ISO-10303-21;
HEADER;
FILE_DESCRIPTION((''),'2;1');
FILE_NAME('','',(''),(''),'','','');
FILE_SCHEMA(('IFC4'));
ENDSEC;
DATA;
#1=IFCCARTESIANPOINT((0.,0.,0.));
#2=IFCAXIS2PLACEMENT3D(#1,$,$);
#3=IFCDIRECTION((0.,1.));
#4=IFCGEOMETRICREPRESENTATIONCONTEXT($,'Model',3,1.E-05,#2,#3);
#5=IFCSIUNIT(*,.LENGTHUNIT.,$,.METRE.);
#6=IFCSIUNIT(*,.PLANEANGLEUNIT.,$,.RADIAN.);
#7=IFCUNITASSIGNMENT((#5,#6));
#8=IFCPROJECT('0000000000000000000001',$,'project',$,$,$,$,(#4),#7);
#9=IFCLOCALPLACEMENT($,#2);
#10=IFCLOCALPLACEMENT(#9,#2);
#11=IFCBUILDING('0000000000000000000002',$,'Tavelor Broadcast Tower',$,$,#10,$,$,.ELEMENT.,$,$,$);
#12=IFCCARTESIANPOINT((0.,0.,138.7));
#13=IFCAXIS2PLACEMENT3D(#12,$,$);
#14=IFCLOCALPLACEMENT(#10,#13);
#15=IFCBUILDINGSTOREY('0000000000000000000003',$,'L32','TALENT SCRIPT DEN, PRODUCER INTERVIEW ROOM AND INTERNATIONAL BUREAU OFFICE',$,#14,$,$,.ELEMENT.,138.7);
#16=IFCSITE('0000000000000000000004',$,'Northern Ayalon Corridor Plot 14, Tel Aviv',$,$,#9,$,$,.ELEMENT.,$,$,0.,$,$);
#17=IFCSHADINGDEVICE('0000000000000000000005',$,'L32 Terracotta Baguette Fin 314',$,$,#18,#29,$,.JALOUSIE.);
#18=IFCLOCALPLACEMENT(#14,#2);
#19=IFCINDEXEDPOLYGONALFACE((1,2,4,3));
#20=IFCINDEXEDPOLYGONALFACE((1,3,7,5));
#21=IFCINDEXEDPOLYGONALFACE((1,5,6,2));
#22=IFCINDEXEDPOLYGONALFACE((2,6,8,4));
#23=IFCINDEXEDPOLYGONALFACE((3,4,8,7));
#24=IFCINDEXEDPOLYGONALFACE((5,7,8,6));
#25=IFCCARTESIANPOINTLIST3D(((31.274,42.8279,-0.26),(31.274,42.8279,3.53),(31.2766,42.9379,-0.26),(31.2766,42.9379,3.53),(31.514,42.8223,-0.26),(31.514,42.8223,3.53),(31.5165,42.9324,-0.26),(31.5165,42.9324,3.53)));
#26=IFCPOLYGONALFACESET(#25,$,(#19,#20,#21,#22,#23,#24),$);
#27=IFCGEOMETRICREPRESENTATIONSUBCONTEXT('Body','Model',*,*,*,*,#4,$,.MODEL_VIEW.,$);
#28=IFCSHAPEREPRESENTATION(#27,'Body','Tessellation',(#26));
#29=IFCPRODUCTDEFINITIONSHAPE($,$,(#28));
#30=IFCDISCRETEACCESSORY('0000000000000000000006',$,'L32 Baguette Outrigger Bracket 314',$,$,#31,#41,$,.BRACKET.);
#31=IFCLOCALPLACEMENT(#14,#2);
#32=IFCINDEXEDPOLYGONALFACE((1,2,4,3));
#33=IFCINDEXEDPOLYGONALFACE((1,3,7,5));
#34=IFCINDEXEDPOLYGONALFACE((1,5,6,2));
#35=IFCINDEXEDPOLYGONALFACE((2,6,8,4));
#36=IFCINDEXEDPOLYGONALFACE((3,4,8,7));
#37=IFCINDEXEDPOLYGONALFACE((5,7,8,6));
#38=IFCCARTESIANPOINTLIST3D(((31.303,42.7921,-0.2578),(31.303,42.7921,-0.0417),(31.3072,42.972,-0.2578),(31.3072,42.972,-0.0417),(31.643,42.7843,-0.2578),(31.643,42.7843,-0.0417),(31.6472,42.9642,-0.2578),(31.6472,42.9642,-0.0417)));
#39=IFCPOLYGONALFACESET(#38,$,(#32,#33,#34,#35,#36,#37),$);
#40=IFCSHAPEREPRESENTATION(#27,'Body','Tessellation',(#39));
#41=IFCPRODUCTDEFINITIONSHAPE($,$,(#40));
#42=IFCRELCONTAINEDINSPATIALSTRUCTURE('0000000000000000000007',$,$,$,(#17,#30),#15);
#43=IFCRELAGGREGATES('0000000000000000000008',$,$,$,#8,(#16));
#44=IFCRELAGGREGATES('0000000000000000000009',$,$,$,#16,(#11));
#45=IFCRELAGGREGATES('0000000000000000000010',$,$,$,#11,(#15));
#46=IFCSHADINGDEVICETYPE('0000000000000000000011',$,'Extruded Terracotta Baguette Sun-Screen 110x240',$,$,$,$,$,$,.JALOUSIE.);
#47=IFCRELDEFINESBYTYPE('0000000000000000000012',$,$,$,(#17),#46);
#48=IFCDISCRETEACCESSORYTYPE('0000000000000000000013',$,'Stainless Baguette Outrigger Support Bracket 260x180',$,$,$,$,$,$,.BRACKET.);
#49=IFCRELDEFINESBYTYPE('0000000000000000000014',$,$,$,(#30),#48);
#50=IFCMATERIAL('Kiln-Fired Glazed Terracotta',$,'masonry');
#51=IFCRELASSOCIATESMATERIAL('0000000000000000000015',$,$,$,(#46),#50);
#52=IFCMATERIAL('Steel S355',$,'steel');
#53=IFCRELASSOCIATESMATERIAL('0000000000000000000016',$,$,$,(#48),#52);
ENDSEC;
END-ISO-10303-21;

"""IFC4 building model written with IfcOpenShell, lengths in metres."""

from ifc_helpers import new_model, si_unit, direction, frame, origin, origin_2d, place, context, subcontext, project, spatial, rectangle, extrude, source, transform, mapped, material, type_object, type_shapes, element, save


model = new_model("IFC4")

# Units and contexts
model_context = context("Model", 3, precision=1e-05, world=origin(), true_north=direction((0.0, 1.0)))
body_context = subcontext(model_context, "Body", "Model", "MODEL_VIEW")
ifc_project = project(units=[si_unit("LENGTHUNIT", "METRE"), si_unit("PLANEANGLEUNIT", "RADIAN")], contexts=[model_context])

# Site, building, storey
site_placement = place(None, origin())
site = spatial("IfcSite", under=ifc_project, at=site_placement, Name="Northern Ayalon Corridor Plot 14, Tel Aviv", CompositionType="ELEMENT", RefElevation=0.0)
building_placement = place(site_placement, origin())
building = spatial("IfcBuilding", under=site, at=building_placement, Name="Tavelor Broadcast Tower", CompositionType="ELEMENT")
storey_placement = place(building_placement, frame((0.0, 0.0, 138.7)))
storey = spatial("IfcBuildingStorey", under=building, at=storey_placement, Name="L32", Description="TALENT SCRIPT DEN, PRODUCER INTERVIEW ROOM AND INTERNATIONAL BUREAU OFFICE", CompositionType="ELEMENT", Elevation=138.7)

# Shared definitions
ifc_material_1 = material(Name="Steel S355", Category="steel")

# Shading device
ifc_material_2 = material(Name="Kiln-Fired Glazed Terracotta", Category="masonry")
shading_device_type = type_object("IfcShadingDeviceType", Name="Extruded Terracotta Baguette Sun-Screen 110x240", PredefinedType="JALOUSIE", material=ifc_material_2)
shared_shape_1 = source(origin(), body_context, "Body", "SweptSolid", [
    extrude(rectangle(XDim=0.1101, YDim=0.24, at=origin_2d()), origin(), (0.0, 0.0, 1.0), 3.79),
])
type_shapes(shading_device_type, [shared_shape_1])
shading_device_placement = place(storey_placement, frame((31.3953, 42.8801, -0.26), z_axis=(0.0, 0.0, 1.0), x_axis=(-0.023036, -0.999735, 0.0)))
element("IfcShadingDevice", 1, at=shading_device_placement, inside=storey, type_object=shading_device_type, Name="L32 Terracotta Baguette Fin 314", PredefinedType="JALOUSIE", context=body_context, shape_type="MappedRepresentation", body=[
    mapped(shared_shape_1, transform((0.0, 0.0, 0.0), scale=1.0)),
])

# Discrete accessory
discrete_accessory_type = type_object("IfcDiscreteAccessoryType", Name="Stainless Baguette Outrigger Support Bracket 260x180", PredefinedType="BRACKET", material=ifc_material_1)
shared_shape_2 = source(origin(), body_context, "Body", "SweptSolid", [
    extrude(rectangle(XDim=0.1799, YDim=0.3401, at=origin_2d()), origin(), (0.0, 0.0, 1.0), 0.2161),
])
type_shapes(discrete_accessory_type, [shared_shape_2])
discrete_accessory_placement = place(storey_placement, frame((31.4751, 42.8782, -0.2578), z_axis=(0.0, 0.0, 1.0), x_axis=(-0.023036, -0.999735, 0.0)))
element("IfcDiscreteAccessory", 2, at=discrete_accessory_placement, inside=storey, type_object=discrete_accessory_type, Name="L32 Baguette Outrigger Bracket 314", PredefinedType="BRACKET", context=body_context, shape_type="MappedRepresentation", body=[
    mapped(shared_shape_2, transform((0.0, 0.0, 0.0), scale=1.0)),
])

save(model, "model.ifc")
